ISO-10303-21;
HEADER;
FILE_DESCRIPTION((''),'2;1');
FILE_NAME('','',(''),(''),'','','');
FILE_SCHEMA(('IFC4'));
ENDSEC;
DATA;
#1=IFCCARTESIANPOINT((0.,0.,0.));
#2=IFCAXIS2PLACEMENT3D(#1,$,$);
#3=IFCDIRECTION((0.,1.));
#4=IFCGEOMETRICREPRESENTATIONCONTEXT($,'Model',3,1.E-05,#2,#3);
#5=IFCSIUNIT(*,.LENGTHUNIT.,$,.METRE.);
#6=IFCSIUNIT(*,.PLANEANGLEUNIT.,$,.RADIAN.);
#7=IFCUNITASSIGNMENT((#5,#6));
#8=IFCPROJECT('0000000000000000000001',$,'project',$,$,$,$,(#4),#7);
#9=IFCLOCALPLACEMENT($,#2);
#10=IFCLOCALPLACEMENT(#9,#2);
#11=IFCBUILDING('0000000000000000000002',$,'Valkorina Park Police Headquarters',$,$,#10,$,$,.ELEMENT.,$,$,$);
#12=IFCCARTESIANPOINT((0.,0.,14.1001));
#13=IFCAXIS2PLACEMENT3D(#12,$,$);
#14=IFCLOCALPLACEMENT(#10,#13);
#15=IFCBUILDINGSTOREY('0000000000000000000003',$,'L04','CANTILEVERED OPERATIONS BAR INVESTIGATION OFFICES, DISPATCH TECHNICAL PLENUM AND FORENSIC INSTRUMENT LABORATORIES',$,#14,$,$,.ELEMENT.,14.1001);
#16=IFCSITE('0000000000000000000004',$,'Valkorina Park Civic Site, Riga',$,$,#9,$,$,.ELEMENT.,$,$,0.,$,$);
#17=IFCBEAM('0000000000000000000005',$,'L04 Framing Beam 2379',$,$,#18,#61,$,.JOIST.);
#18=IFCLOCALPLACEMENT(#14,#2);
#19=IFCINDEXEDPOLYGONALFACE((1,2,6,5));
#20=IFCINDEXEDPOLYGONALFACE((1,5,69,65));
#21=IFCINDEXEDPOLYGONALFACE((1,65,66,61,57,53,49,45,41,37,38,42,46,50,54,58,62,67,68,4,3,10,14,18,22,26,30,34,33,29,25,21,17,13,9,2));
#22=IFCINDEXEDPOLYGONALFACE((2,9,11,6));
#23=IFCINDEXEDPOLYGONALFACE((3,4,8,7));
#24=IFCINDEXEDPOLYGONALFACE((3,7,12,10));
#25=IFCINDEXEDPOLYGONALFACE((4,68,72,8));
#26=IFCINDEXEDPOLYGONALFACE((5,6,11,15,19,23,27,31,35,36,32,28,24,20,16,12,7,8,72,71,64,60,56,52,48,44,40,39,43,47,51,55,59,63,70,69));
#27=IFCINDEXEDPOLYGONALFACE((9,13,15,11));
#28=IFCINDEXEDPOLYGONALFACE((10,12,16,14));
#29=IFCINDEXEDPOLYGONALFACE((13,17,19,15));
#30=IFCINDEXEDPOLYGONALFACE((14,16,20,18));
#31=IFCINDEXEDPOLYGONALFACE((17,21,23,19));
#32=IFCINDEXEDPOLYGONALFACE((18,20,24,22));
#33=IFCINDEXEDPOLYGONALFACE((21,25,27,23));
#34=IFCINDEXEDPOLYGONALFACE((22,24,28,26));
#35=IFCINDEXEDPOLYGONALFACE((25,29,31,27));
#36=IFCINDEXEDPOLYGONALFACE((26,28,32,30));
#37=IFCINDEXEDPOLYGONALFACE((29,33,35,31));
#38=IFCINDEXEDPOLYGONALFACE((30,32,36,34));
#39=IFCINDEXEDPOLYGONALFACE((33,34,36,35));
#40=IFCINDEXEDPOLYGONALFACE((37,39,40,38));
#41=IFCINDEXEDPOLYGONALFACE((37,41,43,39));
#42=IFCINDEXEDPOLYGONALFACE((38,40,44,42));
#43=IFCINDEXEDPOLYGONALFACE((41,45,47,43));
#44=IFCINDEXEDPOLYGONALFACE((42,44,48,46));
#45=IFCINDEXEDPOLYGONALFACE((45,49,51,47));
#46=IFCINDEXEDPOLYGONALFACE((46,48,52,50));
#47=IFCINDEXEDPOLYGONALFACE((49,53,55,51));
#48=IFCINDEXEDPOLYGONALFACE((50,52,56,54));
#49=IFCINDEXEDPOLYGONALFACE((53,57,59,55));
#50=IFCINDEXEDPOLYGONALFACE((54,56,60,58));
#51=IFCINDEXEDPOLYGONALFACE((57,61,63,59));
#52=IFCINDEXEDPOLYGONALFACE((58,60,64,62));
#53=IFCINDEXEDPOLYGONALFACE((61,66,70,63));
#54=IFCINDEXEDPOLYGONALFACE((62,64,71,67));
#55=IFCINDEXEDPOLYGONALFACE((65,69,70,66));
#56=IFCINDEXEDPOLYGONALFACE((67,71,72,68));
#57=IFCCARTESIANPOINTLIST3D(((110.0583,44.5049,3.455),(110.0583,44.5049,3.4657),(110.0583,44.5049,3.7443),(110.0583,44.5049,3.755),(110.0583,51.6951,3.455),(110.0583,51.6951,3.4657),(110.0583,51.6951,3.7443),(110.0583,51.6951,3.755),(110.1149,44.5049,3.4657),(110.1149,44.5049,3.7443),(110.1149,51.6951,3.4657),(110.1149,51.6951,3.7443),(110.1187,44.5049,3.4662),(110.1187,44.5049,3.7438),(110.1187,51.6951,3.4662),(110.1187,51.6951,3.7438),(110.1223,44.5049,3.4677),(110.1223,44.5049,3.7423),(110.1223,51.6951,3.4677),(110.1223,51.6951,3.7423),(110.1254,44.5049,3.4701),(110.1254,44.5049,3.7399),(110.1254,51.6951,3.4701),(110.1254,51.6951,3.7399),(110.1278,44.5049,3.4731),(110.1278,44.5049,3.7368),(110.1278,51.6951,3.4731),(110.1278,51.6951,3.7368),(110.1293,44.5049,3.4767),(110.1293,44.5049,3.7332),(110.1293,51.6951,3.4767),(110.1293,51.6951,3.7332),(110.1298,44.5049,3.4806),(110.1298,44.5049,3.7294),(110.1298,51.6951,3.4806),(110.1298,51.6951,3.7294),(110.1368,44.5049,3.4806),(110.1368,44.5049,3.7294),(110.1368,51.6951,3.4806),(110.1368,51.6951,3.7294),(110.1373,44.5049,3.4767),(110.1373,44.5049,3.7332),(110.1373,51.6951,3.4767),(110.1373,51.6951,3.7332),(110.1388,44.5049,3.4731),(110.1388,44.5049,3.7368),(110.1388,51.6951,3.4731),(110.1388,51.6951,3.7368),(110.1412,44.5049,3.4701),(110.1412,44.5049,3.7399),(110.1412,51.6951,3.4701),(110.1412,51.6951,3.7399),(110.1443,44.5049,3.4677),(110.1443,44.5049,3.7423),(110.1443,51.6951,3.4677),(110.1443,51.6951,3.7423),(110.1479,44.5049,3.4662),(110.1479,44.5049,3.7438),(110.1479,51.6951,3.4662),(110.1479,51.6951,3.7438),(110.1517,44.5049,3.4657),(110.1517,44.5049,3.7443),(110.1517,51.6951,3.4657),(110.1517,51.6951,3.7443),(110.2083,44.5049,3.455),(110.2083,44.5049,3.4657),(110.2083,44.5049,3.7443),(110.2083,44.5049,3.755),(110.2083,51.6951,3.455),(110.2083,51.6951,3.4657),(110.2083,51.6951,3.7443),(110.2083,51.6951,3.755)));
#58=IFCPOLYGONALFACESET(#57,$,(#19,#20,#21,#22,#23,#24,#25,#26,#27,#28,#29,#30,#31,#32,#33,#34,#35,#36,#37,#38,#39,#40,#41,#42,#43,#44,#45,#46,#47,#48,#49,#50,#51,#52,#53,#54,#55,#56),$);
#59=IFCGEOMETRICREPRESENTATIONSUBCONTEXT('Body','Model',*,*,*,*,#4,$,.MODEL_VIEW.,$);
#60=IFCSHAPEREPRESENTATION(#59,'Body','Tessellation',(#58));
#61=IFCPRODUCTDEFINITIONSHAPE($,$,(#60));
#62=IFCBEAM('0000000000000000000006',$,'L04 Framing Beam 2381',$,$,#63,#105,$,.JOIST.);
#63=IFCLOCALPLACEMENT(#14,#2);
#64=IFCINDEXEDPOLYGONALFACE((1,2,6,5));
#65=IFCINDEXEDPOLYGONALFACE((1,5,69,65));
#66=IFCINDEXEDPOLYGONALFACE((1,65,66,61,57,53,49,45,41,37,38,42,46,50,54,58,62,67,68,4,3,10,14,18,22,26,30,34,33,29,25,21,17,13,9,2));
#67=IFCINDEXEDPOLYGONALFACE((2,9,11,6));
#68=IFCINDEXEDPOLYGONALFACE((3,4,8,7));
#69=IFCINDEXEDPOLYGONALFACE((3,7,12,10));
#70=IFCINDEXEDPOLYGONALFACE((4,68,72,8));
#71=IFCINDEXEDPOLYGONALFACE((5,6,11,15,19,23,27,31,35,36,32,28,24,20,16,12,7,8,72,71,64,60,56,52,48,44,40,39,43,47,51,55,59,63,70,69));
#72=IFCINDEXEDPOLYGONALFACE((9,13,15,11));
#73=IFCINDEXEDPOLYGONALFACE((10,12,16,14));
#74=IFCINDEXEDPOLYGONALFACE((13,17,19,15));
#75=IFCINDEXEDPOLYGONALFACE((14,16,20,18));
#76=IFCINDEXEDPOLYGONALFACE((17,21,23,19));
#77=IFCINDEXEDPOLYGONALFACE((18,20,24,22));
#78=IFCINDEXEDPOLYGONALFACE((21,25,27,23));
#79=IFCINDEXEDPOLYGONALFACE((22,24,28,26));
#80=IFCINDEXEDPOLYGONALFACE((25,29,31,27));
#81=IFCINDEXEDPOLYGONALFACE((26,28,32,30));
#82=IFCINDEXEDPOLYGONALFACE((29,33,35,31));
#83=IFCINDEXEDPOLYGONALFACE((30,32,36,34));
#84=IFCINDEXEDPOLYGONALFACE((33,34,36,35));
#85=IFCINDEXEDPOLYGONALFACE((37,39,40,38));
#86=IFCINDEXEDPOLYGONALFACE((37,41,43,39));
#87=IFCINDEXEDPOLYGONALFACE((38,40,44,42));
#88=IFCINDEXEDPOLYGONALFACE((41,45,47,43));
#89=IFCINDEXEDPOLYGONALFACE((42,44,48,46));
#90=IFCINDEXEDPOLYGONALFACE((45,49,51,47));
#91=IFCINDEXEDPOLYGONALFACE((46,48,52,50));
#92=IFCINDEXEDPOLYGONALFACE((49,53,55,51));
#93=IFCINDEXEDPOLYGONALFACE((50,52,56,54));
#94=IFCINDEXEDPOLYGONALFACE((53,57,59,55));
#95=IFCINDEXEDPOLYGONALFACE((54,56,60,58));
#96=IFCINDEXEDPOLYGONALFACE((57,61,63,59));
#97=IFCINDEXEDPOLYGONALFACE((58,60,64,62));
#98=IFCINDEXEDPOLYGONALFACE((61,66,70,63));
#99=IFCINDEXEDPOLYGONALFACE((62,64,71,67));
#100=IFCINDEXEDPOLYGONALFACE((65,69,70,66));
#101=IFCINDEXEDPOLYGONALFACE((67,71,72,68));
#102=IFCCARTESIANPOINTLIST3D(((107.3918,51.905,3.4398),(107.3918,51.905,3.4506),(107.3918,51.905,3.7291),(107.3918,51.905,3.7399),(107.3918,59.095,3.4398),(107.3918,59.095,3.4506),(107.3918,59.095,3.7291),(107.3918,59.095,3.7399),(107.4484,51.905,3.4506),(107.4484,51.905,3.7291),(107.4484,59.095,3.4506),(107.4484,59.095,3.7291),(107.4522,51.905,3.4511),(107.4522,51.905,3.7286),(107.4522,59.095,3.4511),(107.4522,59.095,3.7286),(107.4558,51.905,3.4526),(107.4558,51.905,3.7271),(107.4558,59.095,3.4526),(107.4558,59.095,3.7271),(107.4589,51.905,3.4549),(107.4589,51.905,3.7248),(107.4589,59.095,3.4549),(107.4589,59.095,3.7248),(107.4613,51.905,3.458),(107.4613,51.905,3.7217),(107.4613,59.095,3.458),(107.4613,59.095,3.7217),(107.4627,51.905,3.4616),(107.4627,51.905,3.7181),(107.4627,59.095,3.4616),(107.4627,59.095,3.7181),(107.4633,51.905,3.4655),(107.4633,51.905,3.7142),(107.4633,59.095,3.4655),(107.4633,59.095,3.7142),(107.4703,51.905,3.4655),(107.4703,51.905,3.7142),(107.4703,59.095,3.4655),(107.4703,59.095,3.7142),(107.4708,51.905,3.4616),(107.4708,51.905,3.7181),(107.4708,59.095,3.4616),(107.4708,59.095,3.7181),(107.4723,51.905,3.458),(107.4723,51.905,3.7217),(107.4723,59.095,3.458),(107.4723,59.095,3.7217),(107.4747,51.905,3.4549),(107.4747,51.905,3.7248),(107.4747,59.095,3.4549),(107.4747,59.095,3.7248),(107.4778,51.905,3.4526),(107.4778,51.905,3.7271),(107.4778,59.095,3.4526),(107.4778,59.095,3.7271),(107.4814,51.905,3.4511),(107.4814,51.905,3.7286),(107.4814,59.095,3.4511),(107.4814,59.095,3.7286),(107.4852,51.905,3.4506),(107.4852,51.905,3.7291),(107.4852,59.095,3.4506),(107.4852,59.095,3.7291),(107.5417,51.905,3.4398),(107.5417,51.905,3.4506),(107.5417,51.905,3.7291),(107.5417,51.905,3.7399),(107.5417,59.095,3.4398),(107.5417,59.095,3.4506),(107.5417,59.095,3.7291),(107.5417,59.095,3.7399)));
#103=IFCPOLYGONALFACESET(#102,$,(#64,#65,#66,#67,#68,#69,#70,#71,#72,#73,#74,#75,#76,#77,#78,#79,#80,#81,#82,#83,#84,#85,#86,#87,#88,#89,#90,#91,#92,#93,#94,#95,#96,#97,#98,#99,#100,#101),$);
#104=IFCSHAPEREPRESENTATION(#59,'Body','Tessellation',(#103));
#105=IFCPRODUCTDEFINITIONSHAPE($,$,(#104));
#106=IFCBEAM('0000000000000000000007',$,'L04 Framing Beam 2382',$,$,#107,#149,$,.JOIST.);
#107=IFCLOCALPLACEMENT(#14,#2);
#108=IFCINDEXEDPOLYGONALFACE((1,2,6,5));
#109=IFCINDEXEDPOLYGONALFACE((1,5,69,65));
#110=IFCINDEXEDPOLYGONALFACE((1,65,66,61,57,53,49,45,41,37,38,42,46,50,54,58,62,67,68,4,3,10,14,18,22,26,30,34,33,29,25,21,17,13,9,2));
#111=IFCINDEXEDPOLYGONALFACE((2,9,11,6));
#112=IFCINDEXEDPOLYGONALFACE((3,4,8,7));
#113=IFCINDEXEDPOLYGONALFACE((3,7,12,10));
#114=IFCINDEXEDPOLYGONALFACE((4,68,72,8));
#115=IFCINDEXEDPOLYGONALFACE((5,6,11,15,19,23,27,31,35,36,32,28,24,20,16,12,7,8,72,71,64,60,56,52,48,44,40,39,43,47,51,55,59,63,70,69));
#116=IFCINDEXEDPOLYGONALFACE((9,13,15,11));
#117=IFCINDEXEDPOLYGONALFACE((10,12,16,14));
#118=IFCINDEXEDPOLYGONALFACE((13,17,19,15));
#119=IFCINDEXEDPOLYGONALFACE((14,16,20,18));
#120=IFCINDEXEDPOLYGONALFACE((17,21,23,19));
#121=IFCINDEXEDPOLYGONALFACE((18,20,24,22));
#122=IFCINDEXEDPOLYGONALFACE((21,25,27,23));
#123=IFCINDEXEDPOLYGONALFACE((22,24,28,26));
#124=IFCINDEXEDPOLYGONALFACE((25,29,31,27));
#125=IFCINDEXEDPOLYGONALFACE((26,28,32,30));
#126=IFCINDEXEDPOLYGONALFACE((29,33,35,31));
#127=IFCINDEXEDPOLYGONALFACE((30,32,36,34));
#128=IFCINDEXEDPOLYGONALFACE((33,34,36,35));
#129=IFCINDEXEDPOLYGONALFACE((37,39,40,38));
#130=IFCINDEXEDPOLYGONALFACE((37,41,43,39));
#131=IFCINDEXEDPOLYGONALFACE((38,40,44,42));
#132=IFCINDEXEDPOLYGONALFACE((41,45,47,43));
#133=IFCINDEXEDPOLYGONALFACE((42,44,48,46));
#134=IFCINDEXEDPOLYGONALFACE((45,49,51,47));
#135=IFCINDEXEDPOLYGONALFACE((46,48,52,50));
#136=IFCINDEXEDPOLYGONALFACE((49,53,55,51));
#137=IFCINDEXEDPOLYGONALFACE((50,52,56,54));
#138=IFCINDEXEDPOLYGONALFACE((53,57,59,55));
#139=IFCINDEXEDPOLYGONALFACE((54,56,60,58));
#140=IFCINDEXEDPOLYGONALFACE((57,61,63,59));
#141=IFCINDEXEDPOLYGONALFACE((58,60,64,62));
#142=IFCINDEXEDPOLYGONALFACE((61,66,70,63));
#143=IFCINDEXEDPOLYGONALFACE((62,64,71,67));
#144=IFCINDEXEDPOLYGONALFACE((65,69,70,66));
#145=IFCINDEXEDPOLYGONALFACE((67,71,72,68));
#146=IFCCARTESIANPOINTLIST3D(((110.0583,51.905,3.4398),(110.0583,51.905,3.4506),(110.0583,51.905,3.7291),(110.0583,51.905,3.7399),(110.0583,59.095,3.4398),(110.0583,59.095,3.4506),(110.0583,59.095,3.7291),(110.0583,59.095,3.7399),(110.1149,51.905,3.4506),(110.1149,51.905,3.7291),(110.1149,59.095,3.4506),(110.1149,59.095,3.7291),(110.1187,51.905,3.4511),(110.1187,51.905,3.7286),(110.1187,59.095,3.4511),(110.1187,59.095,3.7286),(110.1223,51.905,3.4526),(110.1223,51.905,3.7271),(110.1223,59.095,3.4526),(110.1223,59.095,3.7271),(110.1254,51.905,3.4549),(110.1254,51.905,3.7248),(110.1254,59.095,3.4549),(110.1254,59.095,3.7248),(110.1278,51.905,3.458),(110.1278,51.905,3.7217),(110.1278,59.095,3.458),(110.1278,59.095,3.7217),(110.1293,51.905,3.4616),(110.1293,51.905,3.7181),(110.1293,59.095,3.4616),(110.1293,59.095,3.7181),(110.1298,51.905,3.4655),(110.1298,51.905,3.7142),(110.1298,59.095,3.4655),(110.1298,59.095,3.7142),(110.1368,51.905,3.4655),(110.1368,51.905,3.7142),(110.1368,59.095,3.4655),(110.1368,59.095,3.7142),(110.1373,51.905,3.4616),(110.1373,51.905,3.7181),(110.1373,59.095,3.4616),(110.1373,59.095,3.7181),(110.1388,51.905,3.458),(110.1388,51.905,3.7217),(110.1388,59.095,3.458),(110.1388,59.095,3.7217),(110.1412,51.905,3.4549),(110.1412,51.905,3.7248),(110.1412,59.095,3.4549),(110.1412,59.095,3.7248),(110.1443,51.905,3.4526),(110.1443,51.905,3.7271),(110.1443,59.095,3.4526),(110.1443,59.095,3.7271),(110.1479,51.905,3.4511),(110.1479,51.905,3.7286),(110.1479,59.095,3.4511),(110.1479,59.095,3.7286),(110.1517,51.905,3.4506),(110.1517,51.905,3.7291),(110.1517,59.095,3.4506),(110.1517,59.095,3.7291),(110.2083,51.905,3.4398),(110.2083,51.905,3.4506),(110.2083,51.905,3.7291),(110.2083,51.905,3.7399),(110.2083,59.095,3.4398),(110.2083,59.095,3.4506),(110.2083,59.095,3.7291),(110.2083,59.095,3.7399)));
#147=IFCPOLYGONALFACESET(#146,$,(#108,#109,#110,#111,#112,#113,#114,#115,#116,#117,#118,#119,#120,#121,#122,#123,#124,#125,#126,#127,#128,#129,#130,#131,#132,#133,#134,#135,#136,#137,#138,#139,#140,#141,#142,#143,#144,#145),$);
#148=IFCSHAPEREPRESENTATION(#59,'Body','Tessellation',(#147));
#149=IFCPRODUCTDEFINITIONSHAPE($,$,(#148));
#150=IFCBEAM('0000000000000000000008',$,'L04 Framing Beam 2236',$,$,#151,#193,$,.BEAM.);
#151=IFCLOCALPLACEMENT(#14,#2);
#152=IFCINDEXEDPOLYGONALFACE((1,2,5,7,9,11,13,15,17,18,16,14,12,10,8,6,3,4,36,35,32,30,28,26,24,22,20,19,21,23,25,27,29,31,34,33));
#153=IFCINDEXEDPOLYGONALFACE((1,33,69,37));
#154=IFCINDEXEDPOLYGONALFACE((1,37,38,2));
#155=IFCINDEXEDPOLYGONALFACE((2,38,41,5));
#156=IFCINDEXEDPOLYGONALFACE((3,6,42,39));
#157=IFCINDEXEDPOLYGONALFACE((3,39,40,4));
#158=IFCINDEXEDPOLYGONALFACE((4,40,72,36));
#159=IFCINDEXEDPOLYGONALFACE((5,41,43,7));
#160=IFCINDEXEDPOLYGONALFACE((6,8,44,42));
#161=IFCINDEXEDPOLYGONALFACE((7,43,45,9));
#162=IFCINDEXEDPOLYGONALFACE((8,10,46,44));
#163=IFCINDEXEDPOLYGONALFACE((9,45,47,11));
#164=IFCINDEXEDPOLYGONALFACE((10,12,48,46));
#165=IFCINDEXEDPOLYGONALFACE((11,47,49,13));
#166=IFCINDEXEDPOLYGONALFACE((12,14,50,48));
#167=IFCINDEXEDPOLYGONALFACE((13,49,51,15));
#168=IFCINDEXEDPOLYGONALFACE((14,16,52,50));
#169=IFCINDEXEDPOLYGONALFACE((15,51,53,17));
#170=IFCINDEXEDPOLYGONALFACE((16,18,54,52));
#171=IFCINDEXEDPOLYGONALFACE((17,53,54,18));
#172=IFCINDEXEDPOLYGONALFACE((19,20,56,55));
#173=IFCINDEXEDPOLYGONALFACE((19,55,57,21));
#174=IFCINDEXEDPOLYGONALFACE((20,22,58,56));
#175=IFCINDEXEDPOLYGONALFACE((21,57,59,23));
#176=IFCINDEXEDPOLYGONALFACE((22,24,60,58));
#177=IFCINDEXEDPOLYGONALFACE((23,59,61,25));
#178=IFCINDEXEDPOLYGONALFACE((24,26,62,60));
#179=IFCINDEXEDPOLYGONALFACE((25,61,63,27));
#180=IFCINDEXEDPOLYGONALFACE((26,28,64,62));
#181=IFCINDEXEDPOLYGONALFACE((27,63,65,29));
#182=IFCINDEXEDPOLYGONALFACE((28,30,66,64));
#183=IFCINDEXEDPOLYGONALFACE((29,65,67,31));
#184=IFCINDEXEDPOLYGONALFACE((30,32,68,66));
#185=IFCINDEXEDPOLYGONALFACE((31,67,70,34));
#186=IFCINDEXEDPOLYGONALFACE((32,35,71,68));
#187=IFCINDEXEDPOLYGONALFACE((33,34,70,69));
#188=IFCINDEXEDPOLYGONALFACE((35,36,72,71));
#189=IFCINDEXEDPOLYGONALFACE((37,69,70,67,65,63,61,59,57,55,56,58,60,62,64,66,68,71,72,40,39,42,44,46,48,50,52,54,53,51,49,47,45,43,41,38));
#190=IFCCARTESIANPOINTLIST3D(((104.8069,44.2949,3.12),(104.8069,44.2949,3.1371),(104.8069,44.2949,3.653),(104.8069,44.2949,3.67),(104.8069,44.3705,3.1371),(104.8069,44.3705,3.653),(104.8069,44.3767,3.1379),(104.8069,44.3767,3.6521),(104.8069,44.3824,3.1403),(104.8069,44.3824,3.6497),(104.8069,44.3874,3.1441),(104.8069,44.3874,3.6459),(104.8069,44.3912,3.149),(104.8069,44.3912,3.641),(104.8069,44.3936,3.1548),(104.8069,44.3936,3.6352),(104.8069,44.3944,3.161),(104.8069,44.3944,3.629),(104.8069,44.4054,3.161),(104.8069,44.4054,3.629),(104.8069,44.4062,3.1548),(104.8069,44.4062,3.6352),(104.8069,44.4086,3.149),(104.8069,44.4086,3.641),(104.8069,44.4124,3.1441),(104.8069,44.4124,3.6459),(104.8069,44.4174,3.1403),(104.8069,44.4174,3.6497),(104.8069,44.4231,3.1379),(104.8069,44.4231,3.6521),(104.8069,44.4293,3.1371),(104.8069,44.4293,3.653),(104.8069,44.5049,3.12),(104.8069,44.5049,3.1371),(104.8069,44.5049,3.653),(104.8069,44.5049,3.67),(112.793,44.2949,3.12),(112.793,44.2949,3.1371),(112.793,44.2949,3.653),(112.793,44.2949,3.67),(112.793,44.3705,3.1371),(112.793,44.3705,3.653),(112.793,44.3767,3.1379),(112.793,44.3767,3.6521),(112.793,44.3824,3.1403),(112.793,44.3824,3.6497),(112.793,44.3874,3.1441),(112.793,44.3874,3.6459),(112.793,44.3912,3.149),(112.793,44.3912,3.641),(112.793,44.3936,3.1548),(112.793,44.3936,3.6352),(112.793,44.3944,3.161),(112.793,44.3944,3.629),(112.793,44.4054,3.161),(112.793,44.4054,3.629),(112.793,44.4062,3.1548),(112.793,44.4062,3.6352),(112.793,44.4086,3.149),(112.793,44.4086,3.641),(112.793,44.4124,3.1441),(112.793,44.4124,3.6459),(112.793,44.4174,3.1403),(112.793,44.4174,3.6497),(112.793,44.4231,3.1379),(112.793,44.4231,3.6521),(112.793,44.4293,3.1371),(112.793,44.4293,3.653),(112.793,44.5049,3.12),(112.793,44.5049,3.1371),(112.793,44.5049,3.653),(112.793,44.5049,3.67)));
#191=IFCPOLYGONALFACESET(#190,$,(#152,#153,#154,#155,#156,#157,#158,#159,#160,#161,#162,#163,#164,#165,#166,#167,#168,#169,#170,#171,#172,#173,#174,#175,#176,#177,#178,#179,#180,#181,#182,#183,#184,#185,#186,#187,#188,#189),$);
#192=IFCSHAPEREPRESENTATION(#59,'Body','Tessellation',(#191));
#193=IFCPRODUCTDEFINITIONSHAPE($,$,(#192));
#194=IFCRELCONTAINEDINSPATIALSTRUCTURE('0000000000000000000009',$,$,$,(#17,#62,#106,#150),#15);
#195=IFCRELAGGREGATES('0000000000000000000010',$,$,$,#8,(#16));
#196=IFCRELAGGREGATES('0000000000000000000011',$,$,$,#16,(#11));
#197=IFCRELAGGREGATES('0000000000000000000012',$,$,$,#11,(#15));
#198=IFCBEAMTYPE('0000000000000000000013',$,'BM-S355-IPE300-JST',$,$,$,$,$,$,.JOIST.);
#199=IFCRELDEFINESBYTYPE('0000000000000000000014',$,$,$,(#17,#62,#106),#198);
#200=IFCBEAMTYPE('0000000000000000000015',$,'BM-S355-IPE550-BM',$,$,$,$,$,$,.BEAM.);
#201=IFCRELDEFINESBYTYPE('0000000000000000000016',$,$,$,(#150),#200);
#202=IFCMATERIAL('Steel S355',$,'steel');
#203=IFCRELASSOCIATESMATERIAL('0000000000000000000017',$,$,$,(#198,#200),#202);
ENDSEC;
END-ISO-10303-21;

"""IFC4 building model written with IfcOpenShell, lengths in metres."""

from ifc_helpers import new_model, si_unit, direction, frame, origin, origin_2d, place, context, subcontext, project, spatial, i_section, extrude, material, material_profile, profile_set, type_object, element, save


model = new_model("IFC4")

# Units and contexts
model_context = context("Model", 3, precision=1e-05, world=origin(), true_north=direction((0.0, 1.0)))
body_context = subcontext(model_context, "Body", "Model", "MODEL_VIEW")
ifc_project = project(units=[si_unit("LENGTHUNIT", "METRE"), si_unit("PLANEANGLEUNIT", "RADIAN")], contexts=[model_context])

# Site, building, storey
site_placement = place(None, origin())
site = spatial("IfcSite", under=ifc_project, at=site_placement, Name="Valkorina Park Civic Site, Riga", CompositionType="ELEMENT", RefElevation=0.0)
building_placement = place(site_placement, origin())
building = spatial("IfcBuilding", under=site, at=building_placement, Name="Valkorina Park Police Headquarters", CompositionType="ELEMENT")
storey_placement = place(building_placement, frame((0.0, 0.0, 14.1001)))
storey = spatial("IfcBuildingStorey", under=building, at=storey_placement, Name="L04", Description="CANTILEVERED OPERATIONS BAR INVESTIGATION OFFICES, DISPATCH TECHNICAL PLENUM AND FORENSIC INSTRUMENT LABORATORIES", CompositionType="ELEMENT", Elevation=14.1001)

# Shared definitions
ifc_material_1 = material(Name="Steel S355", Category="steel")

# Beams
ifc_material_profile_1 = material_profile(ifc_material_1, i_section(OverallWidth=0.1499, OverallDepth=0.3, WebThickness=0.0071, FlangeThickness=0.0107, FilletRadius=0.0149, at=origin_2d()), Name="IPE 300")
ifc_profile_set_1 = profile_set([ifc_material_profile_1], Name="Steel S355")
beam_type_1 = type_object("IfcBeamType", Name="BM-S355-IPE300-JST", PredefinedType="JOIST", material=ifc_profile_set_1)
for number, where, z_axis, x_axis, name in (
    (1, (110.1333, 44.5049, 3.605), (0.0, 1.0, 0.0), (-1.0, 0.0, 0.0), "L04 Framing Beam 2379"),
):
    element("IfcBeam", number, at=place(storey_placement, frame(where, z_axis=z_axis, x_axis=x_axis)), inside=storey, type_object=beam_type_1, Name=name, PredefinedType="JOIST", context=body_context, shape_type="SweptSolid", body=[
        extrude(i_section(OverallWidth=0.1499, OverallDepth=0.3, WebThickness=0.0071, FlangeThickness=0.0107, FilletRadius=0.0149, at=origin_2d()), origin(), (0.0, 0.0, 1.0), 7.1902),
    ])
for number, where, z_axis, x_axis, name in (
    (2, (107.4668, 51.905, 3.5898), (0.0, 1.0, 0.0), (-1.0, 0.0, 0.0), "L04 Framing Beam 2381"),
    (3, (110.1333, 51.905, 3.5898), (0.0, 1.0, 0.0), (-1.0, 0.0, 0.0), "L04 Framing Beam 2382"),
):
    element("IfcBeam", number, at=place(storey_placement, frame(where, z_axis=z_axis, x_axis=x_axis)), inside=storey, type_object=beam_type_1, Name=name, PredefinedType="JOIST", context=body_context, shape_type="SweptSolid", body=[
        extrude(i_section(OverallWidth=0.1499, OverallDepth=0.3, WebThickness=0.0071, FlangeThickness=0.0107, FilletRadius=0.0149, at=origin_2d()), origin(), (0.0, 0.0, 1.0), 7.1899),
    ])
ifc_material_profile_2 = material_profile(ifc_material_1, i_section(OverallWidth=0.21, OverallDepth=0.55, WebThickness=0.011, FlangeThickness=0.0171, FilletRadius=0.0239, at=origin_2d()), Name="IPE 550")
ifc_profile_set_2 = profile_set([ifc_material_profile_2], Name="Steel S355")
beam_type_2 = type_object("IfcBeamType", Name="BM-S355-IPE550-BM", PredefinedType="BEAM", material=ifc_profile_set_2)
for number, where, z_axis, x_axis, name in (
    (4, (104.8069, 44.3999, 3.395), (1.0, 0.0, 0.0), (0.0, 1.0, 0.0), "L04 Framing Beam 2236"),
):
    element("IfcBeam", number, at=place(storey_placement, frame(where, z_axis=z_axis, x_axis=x_axis)), inside=storey, type_object=beam_type_2, Name=name, PredefinedType="BEAM", context=body_context, shape_type="SweptSolid", body=[
        extrude(i_section(OverallWidth=0.21, OverallDepth=0.55, WebThickness=0.011, FlangeThickness=0.0171, FilletRadius=0.0239, at=origin_2d()), origin(), (0.0, 0.0, 1.0), 7.9861),
    ])

save(model, "model.ifc")
